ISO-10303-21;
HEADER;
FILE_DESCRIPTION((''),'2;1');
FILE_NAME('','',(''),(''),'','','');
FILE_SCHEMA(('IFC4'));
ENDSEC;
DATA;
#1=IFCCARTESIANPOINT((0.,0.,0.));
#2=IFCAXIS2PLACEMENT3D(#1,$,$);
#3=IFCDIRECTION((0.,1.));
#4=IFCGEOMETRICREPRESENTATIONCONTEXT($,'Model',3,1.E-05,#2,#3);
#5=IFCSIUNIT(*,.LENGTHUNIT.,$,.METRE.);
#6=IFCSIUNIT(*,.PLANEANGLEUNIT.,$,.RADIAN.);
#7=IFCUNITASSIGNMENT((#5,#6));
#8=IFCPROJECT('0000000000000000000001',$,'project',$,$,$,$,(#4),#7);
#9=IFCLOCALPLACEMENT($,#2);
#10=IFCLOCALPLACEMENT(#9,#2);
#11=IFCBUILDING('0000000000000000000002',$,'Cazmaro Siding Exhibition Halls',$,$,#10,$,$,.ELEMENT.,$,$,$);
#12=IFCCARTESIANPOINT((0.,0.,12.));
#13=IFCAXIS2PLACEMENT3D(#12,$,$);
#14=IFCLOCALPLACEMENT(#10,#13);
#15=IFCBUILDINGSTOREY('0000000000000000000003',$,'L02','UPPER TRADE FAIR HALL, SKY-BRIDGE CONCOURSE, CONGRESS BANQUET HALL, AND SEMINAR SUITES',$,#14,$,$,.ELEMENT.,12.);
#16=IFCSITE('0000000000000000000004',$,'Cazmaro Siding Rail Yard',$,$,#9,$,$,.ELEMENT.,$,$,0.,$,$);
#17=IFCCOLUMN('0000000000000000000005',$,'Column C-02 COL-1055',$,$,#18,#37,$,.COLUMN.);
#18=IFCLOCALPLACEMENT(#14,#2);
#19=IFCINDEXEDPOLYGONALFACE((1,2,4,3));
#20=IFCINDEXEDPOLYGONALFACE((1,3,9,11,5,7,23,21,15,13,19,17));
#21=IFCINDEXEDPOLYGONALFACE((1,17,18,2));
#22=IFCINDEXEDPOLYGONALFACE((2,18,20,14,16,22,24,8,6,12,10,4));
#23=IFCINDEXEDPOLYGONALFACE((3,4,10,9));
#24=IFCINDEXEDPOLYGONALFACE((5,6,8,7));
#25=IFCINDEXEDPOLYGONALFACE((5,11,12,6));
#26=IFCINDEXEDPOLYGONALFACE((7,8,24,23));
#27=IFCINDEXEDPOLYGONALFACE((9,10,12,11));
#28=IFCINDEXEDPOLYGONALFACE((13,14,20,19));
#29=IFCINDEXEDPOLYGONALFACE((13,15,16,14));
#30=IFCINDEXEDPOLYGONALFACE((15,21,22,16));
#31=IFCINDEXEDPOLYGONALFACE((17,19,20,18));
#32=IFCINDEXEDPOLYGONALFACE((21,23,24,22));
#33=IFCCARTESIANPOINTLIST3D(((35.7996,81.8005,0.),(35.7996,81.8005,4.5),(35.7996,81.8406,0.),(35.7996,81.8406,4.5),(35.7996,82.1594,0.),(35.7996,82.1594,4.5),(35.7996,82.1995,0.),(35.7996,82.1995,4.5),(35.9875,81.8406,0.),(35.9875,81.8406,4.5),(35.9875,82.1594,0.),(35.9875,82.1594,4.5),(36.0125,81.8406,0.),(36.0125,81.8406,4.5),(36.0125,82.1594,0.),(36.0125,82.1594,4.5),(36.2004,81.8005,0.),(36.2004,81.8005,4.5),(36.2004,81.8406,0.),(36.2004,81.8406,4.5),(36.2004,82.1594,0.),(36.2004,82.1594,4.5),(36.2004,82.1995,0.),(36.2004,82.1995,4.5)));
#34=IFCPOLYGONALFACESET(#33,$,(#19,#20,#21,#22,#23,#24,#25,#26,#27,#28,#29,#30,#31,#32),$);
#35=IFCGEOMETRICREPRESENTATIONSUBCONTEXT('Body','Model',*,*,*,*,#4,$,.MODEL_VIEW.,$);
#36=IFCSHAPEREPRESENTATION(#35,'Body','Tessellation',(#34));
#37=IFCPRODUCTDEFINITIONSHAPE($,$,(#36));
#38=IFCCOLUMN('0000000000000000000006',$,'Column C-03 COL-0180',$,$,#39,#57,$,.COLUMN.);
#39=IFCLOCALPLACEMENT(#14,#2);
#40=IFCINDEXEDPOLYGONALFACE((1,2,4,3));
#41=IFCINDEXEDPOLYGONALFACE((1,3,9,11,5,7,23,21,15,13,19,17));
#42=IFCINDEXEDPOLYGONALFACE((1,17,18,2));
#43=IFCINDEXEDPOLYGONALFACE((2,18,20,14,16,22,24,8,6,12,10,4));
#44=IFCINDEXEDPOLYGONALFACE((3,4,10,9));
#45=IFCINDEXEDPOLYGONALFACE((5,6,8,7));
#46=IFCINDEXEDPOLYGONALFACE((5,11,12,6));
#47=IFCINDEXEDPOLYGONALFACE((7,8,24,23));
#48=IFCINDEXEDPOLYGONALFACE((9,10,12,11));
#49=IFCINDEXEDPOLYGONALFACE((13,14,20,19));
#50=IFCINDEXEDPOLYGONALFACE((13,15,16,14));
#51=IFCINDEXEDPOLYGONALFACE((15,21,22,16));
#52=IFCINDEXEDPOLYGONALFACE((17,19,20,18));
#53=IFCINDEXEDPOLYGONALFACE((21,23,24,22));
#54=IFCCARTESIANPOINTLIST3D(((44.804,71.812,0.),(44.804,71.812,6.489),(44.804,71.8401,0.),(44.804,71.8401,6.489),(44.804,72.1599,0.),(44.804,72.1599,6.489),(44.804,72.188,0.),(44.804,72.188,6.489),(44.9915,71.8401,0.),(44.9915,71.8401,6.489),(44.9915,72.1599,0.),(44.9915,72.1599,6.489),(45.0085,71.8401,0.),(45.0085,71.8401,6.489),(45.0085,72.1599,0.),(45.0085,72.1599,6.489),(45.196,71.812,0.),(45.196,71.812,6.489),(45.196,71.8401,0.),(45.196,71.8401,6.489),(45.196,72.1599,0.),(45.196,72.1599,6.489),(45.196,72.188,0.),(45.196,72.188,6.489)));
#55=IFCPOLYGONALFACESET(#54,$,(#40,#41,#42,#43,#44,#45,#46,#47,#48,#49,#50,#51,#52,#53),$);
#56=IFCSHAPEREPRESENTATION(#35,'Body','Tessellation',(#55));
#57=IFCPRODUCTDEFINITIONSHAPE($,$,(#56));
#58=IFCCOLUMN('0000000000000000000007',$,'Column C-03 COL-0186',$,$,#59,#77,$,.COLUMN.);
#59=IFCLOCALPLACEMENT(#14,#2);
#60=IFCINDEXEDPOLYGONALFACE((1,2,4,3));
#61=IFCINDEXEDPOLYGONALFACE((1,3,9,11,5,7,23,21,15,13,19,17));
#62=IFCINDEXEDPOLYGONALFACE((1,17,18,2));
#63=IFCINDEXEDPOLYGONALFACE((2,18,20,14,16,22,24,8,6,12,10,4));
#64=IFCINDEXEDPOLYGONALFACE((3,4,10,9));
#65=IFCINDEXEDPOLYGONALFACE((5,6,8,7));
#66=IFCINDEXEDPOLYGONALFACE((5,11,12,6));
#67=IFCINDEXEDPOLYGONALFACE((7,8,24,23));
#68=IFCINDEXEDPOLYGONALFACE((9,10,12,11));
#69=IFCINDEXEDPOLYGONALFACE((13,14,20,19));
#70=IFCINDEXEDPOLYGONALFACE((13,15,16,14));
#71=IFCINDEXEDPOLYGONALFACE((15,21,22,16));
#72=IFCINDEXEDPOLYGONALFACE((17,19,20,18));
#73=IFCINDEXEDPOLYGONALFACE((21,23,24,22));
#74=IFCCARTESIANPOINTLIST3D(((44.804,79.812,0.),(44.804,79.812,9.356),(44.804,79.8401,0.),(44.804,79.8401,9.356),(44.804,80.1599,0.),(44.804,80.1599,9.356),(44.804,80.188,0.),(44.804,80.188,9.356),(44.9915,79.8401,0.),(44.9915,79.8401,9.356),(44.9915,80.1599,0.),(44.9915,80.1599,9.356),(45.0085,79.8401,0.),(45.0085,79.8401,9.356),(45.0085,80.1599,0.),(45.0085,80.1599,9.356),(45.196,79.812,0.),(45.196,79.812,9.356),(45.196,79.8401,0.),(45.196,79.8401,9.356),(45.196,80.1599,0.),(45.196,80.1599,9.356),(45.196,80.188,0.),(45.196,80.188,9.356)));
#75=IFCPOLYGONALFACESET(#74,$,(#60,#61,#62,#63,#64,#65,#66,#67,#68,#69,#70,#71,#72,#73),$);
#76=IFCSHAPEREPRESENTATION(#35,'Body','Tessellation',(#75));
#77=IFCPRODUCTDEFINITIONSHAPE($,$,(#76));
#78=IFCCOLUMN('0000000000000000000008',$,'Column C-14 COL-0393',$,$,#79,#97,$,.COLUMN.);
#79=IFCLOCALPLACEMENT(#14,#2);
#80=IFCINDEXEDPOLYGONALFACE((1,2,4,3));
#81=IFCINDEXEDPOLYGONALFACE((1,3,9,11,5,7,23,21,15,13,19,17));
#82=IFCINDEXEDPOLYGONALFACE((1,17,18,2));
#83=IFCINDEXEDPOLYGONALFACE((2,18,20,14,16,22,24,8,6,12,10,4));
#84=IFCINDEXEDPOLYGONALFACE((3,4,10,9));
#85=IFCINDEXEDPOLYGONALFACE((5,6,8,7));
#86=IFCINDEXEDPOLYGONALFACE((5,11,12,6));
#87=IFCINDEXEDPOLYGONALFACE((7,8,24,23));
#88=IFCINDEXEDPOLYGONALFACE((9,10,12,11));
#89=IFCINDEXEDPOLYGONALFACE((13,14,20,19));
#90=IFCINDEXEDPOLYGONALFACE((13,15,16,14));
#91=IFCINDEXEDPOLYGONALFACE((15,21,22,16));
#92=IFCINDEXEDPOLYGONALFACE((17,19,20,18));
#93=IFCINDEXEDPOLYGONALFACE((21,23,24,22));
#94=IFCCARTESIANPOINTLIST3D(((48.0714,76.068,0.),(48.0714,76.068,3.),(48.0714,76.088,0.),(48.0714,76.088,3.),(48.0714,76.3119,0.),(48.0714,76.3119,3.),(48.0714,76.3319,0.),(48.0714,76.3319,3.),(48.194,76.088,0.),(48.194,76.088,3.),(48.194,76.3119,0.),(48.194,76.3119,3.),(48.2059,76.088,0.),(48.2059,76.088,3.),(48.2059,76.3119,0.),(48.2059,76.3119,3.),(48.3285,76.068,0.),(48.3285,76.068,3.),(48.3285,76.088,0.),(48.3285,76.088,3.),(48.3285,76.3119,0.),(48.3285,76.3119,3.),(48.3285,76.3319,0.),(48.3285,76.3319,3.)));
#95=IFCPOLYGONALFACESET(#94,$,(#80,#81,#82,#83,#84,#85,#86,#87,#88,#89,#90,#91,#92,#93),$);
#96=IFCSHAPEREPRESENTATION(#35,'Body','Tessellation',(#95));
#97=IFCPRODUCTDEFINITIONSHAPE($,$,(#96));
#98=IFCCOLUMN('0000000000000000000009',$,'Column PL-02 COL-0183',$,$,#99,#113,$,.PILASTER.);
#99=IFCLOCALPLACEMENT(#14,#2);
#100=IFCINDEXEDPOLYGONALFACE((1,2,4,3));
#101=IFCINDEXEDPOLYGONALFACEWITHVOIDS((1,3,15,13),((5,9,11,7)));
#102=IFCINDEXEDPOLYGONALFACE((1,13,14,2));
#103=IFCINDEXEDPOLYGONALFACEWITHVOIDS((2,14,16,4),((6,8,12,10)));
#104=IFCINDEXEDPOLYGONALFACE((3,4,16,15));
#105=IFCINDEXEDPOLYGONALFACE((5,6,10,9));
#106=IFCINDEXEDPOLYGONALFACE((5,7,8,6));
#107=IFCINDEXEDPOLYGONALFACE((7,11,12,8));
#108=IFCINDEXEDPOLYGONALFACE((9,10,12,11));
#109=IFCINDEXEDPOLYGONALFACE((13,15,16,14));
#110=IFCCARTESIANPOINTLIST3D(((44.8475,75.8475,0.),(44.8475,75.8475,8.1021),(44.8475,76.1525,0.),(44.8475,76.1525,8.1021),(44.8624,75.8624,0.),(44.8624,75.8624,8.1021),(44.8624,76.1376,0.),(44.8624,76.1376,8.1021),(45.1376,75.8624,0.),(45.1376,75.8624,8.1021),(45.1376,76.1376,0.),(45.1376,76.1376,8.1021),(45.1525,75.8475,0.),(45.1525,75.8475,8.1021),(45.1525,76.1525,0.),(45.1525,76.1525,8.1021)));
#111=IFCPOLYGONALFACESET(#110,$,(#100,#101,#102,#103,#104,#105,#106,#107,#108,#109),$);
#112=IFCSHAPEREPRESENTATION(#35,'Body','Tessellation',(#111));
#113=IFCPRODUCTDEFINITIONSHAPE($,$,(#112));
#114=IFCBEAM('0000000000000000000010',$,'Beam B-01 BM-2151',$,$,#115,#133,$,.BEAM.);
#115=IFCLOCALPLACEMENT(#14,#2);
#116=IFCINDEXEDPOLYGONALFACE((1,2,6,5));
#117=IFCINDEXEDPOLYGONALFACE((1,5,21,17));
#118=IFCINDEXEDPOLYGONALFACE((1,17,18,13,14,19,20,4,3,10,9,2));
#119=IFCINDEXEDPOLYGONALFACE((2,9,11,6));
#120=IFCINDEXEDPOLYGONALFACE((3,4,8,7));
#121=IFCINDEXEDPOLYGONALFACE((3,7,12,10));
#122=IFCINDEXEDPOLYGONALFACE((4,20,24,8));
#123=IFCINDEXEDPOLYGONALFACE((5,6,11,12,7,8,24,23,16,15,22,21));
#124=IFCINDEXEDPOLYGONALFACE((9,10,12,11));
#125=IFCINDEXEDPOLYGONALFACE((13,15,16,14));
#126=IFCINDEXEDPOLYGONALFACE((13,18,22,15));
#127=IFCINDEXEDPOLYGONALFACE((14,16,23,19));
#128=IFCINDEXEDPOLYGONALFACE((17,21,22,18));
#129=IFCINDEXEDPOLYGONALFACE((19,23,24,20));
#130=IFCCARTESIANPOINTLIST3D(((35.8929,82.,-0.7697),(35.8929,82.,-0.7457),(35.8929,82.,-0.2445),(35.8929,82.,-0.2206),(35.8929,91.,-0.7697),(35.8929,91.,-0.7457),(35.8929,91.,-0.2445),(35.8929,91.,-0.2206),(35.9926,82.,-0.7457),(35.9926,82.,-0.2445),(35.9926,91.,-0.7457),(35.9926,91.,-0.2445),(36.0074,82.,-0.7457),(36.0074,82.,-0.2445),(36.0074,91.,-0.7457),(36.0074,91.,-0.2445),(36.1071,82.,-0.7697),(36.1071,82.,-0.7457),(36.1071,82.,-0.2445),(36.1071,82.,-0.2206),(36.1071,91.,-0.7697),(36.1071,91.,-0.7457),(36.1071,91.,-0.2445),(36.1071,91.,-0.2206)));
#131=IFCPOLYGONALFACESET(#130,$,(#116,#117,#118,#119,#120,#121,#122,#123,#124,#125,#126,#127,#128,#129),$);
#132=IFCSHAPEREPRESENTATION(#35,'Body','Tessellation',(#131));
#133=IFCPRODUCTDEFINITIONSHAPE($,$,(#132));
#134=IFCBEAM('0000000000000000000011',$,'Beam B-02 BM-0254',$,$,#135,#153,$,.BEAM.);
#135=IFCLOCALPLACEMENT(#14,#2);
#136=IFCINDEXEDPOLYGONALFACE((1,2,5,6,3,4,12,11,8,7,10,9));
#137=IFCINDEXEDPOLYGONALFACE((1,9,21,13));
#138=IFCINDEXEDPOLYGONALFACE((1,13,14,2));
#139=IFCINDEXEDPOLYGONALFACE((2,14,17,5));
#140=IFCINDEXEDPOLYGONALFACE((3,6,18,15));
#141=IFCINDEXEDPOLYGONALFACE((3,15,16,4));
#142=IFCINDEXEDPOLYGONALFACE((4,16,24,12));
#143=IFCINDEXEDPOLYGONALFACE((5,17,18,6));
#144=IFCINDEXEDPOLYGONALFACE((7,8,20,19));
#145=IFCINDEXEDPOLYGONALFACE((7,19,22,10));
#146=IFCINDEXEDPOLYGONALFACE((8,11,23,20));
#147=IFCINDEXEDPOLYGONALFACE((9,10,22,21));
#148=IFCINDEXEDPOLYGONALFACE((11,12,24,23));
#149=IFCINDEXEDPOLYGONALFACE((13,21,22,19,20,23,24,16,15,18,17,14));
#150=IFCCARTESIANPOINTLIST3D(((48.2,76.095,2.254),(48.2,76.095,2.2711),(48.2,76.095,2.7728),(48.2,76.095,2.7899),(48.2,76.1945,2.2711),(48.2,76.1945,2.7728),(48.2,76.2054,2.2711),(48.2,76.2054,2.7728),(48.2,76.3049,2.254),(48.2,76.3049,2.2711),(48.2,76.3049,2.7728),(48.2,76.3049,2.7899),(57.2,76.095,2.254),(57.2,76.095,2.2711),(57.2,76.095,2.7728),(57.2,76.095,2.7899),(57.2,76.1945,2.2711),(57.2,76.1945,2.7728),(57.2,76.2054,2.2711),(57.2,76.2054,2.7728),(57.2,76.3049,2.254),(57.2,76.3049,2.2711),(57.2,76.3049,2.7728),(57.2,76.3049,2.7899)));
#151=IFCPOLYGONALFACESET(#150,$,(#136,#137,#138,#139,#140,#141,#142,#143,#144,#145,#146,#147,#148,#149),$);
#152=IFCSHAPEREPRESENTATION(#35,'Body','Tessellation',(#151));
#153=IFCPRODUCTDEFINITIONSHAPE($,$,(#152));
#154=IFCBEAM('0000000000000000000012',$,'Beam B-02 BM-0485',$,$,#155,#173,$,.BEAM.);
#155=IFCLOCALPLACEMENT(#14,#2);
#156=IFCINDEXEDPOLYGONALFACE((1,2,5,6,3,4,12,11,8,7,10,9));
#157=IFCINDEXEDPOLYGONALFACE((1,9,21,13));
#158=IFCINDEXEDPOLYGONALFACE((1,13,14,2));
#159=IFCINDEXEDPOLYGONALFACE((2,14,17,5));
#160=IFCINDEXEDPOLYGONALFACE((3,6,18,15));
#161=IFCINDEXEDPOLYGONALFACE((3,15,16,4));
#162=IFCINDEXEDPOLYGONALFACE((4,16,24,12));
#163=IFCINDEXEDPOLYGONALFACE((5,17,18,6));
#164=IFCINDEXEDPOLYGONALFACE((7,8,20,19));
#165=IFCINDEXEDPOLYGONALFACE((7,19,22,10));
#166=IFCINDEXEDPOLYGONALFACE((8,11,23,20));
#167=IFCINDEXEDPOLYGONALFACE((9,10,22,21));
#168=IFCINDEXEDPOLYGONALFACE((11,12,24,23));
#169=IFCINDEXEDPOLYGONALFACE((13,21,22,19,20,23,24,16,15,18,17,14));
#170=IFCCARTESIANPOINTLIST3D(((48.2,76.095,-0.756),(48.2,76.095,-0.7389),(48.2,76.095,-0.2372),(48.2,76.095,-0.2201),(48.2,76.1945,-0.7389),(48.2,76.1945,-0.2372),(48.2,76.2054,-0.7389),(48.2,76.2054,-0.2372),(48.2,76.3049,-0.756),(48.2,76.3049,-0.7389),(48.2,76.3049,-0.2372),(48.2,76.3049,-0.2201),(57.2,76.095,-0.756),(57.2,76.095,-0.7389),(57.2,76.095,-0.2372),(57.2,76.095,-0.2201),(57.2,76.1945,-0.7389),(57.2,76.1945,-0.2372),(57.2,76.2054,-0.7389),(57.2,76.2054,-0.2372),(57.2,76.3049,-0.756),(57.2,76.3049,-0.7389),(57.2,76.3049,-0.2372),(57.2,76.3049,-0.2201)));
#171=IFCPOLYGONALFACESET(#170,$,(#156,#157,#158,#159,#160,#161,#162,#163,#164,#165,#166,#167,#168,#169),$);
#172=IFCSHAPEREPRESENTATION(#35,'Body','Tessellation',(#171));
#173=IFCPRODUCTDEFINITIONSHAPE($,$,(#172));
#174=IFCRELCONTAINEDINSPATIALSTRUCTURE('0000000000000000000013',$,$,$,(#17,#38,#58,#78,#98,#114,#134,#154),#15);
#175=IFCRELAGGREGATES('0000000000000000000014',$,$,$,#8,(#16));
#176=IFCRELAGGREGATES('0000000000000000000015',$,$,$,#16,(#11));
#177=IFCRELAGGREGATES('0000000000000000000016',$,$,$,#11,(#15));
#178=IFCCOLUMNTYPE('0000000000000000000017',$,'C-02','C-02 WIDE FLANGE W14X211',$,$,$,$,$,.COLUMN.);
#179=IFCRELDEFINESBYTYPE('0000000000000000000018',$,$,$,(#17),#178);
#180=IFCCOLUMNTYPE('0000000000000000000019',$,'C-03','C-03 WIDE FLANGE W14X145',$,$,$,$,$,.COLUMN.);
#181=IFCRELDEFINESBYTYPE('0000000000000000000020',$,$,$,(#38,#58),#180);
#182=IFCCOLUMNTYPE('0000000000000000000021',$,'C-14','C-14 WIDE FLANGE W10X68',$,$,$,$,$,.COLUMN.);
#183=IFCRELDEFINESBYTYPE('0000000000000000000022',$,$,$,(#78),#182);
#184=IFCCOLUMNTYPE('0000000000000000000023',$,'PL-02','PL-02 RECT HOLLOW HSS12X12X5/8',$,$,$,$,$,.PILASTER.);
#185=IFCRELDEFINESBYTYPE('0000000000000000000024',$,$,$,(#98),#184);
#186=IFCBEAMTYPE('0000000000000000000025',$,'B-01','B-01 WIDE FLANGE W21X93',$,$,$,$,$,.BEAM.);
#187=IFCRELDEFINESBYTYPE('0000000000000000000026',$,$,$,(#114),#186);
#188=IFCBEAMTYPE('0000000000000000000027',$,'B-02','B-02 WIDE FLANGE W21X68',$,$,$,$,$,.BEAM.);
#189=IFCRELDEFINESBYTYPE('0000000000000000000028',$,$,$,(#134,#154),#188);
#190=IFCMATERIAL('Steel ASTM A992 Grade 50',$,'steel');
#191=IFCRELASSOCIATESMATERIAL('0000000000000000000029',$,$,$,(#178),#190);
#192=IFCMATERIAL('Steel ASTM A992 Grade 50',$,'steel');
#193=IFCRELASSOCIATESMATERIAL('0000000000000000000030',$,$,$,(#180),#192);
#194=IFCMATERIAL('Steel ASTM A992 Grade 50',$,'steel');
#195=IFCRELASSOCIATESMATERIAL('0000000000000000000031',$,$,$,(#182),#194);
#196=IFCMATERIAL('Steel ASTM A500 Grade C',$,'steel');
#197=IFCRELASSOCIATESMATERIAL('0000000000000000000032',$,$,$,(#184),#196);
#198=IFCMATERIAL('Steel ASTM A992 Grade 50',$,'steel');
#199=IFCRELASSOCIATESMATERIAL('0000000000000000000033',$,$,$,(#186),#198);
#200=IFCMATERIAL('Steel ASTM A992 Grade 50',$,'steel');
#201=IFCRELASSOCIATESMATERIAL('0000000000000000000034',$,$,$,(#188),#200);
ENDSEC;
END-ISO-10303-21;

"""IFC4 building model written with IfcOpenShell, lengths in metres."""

from ifc_helpers import new_model, si_unit, direction, frame, origin, origin_2d, place, context, subcontext, project, spatial, hollow_rectangle, i_section, extrude, material, material_profile, profile_set, type_object, element, save


model = new_model("IFC4")

# Units and contexts
model_context = context("Model", 3, precision=1e-05, world=origin(), true_north=direction((0.0, 1.0)))
body_context = subcontext(model_context, "Body", "Model", "MODEL_VIEW")
ifc_project = project(units=[si_unit("LENGTHUNIT", "METRE"), si_unit("PLANEANGLEUNIT", "RADIAN")], contexts=[model_context])

# Site, building, storey
site_placement = place(None, origin())
site = spatial("IfcSite", under=ifc_project, at=site_placement, Name="Cazmaro Siding Rail Yard", CompositionType="ELEMENT", RefElevation=0.0)
building_placement = place(site_placement, origin())
building = spatial("IfcBuilding", under=site, at=building_placement, Name="Cazmaro Siding Exhibition Halls", CompositionType="ELEMENT")
storey_placement = place(building_placement, frame((0.0, 0.0, 12.0)))
storey = spatial("IfcBuildingStorey", under=building, at=storey_placement, Name="L02", Description="UPPER TRADE FAIR HALL, SKY-BRIDGE CONCOURSE, CONGRESS BANQUET HALL, AND SEMINAR SUITES", CompositionType="ELEMENT", Elevation=12.0)

# Columns
ifc_material_1 = material(Name="Steel ASTM A992 Grade 50", Category="steel")
ifc_material_profile_1 = material_profile(ifc_material_1, i_section(OverallWidth=0.4009, OverallDepth=0.3989, WebThickness=0.0249, FlangeThickness=0.04, at=origin_2d()), Name="W14X211")
ifc_profile_set_1 = profile_set([ifc_material_profile_1], Name="Steel ASTM A992 Grade 50")
column_type_1 = type_object("IfcColumnType", Name="C-02", Description="C-02 WIDE FLANGE W14X211", PredefinedType="COLUMN", material=ifc_profile_set_1)
column_1_placement = place(storey_placement, frame((36.0, 82.0, 0.0), z_axis=(0.0, 0.0, 1.0), x_axis=(1.0, 0.0, 0.0)))
element("IfcColumn", 1, at=column_1_placement, inside=storey, type_object=column_type_1, Name="Column C-02 COL-1055", PredefinedType="COLUMN", context=body_context, shape_type="SweptSolid", body=[
    extrude(i_section(OverallWidth=0.4009, OverallDepth=0.3989, WebThickness=0.0249, FlangeThickness=0.04, at=origin_2d()), origin(), (0.0, 0.0, 1.0), 4.5),
])
ifc_material_2 = material(Name="Steel ASTM A992 Grade 50", Category="steel")
ifc_material_profile_2 = material_profile(ifc_material_2, i_section(OverallWidth=0.3921, OverallDepth=0.376, WebThickness=0.0171, FlangeThickness=0.0281, at=origin_2d()), Name="W14X145")
ifc_profile_set_2 = profile_set([ifc_material_profile_2], Name="Steel ASTM A992 Grade 50")
column_type_2 = type_object("IfcColumnType", Name="C-03", Description="C-03 WIDE FLANGE W14X145", PredefinedType="COLUMN", material=ifc_profile_set_2)
column_2_placement = place(storey_placement, frame((45.0, 72.0, 0.0), z_axis=(0.0, 0.0, 1.0), x_axis=(1.0, 0.0, 0.0)))
element("IfcColumn", 2, at=column_2_placement, inside=storey, type_object=column_type_2, Name="Column C-03 COL-0180", PredefinedType="COLUMN", context=body_context, shape_type="SweptSolid", body=[
    extrude(i_section(OverallWidth=0.3921, OverallDepth=0.376, WebThickness=0.0171, FlangeThickness=0.0281, at=origin_2d()), origin(), (0.0, 0.0, 1.0), 6.489),
])
column_3_placement = place(storey_placement, frame((45.0, 80.0, 0.0), z_axis=(0.0, 0.0, 1.0), x_axis=(1.0, 0.0, 0.0)))
element("IfcColumn", 3, at=column_3_placement, inside=storey, type_object=column_type_2, Name="Column C-03 COL-0186", PredefinedType="COLUMN", context=body_context, shape_type="SweptSolid", body=[
    extrude(i_section(OverallWidth=0.3921, OverallDepth=0.376, WebThickness=0.0171, FlangeThickness=0.0281, at=origin_2d()), origin(), (0.0, 0.0, 1.0), 9.356),
])
ifc_material_3 = material(Name="Steel ASTM A992 Grade 50", Category="steel")
ifc_material_profile_3 = material_profile(ifc_material_3, i_section(OverallWidth=0.2571, OverallDepth=0.2639, WebThickness=0.012, FlangeThickness=0.02, at=origin_2d()), Name="W10X68")
ifc_profile_set_3 = profile_set([ifc_material_profile_3], Name="Steel ASTM A992 Grade 50")
column_type_3 = type_object("IfcColumnType", Name="C-14", Description="C-14 WIDE FLANGE W10X68", PredefinedType="COLUMN", material=ifc_profile_set_3)
column_4_placement = place(storey_placement, frame((48.2, 76.2, 0.0), z_axis=(0.0, 0.0, 1.0), x_axis=(1.0, 0.0, 0.0)))
element("IfcColumn", 4, at=column_4_placement, inside=storey, type_object=column_type_3, Name="Column C-14 COL-0393", PredefinedType="COLUMN", context=body_context, shape_type="SweptSolid", body=[
    extrude(i_section(OverallWidth=0.2571, OverallDepth=0.2639, WebThickness=0.012, FlangeThickness=0.02, at=origin_2d()), origin(), (0.0, 0.0, 1.0), 3.0),
])
ifc_material_4 = material(Name="Steel ASTM A500 Grade C", Category="steel")
ifc_material_profile_4 = material_profile(ifc_material_4, hollow_rectangle(XDim=0.3049, YDim=0.3049, WallThickness=0.0149, at=origin_2d()), Name="HSS12X12X5/8")
ifc_profile_set_4 = profile_set([ifc_material_profile_4], Name="Steel ASTM A500 Grade C")
column_type_4 = type_object("IfcColumnType", Name="PL-02", Description="PL-02 RECT HOLLOW HSS12X12X5/8", PredefinedType="PILASTER", material=ifc_profile_set_4)
column_5_placement = place(storey_placement, frame((45.0, 76.0, 0.0), z_axis=(0.0, 0.0, 1.0), x_axis=(1.0, 0.0, 0.0)))
element("IfcColumn", 5, at=column_5_placement, inside=storey, type_object=column_type_4, Name="Column PL-02 COL-0183", PredefinedType="PILASTER", context=body_context, shape_type="SweptSolid", body=[
    extrude(hollow_rectangle(XDim=0.3049, YDim=0.3049, WallThickness=0.0149, at=origin_2d()), origin(), (0.0, 0.0, 1.0), 8.1021),
])

# Beams
ifc_material_5 = material(Name="Steel ASTM A992 Grade 50", Category="steel")
ifc_material_profile_5 = material_profile(ifc_material_5, i_section(OverallWidth=0.2141, OverallDepth=0.5491, WebThickness=0.0149, FlangeThickness=0.0239, at=origin_2d()), Name="W21X93")
ifc_profile_set_5 = profile_set([ifc_material_profile_5], Name="Steel ASTM A992 Grade 50")
beam_type_1 = type_object("IfcBeamType", Name="B-01", Description="B-01 WIDE FLANGE W21X93", PredefinedType="BEAM", material=ifc_profile_set_5)
beam_1_placement = place(storey_placement, frame((36.0, 82.0, -0.4951), z_axis=(0.0, 1.0, 0.0), x_axis=(-1.0, 0.0, 0.0)))
element("IfcBeam", 6, at=beam_1_placement, inside=storey, type_object=beam_type_1, Name="Beam B-01 BM-2151", PredefinedType="BEAM", context=body_context, shape_type="SweptSolid", body=[
    extrude(i_section(OverallWidth=0.2141, OverallDepth=0.5491, WebThickness=0.0149, FlangeThickness=0.0239, at=origin_2d()), origin(), (0.0, 0.0, 1.0), 9.0),
])
ifc_material_6 = material(Name="Steel ASTM A992 Grade 50", Category="steel")
ifc_material_profile_6 = material_profile(ifc_material_6, i_section(OverallWidth=0.21, OverallDepth=0.5359, WebThickness=0.011, FlangeThickness=0.0171, at=origin_2d()), Name="W21X68")
ifc_profile_set_6 = profile_set([ifc_material_profile_6], Name="Steel ASTM A992 Grade 50")
beam_type_2 = type_object("IfcBeamType", Name="B-02", Description="B-02 WIDE FLANGE W21X68", PredefinedType="BEAM", material=ifc_profile_set_6)
for number, where, z_axis, x_axis, name in (
    (7, (48.2, 76.2, 2.522), (1.0, 0.0, 0.0), (0.0, 1.0, 0.0), "Beam B-02 BM-0254"),
    (8, (48.2, 76.2, -0.488), (1.0, 0.0, 0.0), (0.0, 1.0, 0.0), "Beam B-02 BM-0485"),
):
    element("IfcBeam", number, at=place(storey_placement, frame(where, z_axis=z_axis, x_axis=x_axis)), inside=storey, type_object=beam_type_2, Name=name, PredefinedType="BEAM", context=body_context, shape_type="SweptSolid", body=[
        extrude(i_section(OverallWidth=0.21, OverallDepth=0.5359, WebThickness=0.011, FlangeThickness=0.0171, at=origin_2d()), origin(), (0.0, 0.0, 1.0), 9.0),
    ])

save(model, "model.ifc")
